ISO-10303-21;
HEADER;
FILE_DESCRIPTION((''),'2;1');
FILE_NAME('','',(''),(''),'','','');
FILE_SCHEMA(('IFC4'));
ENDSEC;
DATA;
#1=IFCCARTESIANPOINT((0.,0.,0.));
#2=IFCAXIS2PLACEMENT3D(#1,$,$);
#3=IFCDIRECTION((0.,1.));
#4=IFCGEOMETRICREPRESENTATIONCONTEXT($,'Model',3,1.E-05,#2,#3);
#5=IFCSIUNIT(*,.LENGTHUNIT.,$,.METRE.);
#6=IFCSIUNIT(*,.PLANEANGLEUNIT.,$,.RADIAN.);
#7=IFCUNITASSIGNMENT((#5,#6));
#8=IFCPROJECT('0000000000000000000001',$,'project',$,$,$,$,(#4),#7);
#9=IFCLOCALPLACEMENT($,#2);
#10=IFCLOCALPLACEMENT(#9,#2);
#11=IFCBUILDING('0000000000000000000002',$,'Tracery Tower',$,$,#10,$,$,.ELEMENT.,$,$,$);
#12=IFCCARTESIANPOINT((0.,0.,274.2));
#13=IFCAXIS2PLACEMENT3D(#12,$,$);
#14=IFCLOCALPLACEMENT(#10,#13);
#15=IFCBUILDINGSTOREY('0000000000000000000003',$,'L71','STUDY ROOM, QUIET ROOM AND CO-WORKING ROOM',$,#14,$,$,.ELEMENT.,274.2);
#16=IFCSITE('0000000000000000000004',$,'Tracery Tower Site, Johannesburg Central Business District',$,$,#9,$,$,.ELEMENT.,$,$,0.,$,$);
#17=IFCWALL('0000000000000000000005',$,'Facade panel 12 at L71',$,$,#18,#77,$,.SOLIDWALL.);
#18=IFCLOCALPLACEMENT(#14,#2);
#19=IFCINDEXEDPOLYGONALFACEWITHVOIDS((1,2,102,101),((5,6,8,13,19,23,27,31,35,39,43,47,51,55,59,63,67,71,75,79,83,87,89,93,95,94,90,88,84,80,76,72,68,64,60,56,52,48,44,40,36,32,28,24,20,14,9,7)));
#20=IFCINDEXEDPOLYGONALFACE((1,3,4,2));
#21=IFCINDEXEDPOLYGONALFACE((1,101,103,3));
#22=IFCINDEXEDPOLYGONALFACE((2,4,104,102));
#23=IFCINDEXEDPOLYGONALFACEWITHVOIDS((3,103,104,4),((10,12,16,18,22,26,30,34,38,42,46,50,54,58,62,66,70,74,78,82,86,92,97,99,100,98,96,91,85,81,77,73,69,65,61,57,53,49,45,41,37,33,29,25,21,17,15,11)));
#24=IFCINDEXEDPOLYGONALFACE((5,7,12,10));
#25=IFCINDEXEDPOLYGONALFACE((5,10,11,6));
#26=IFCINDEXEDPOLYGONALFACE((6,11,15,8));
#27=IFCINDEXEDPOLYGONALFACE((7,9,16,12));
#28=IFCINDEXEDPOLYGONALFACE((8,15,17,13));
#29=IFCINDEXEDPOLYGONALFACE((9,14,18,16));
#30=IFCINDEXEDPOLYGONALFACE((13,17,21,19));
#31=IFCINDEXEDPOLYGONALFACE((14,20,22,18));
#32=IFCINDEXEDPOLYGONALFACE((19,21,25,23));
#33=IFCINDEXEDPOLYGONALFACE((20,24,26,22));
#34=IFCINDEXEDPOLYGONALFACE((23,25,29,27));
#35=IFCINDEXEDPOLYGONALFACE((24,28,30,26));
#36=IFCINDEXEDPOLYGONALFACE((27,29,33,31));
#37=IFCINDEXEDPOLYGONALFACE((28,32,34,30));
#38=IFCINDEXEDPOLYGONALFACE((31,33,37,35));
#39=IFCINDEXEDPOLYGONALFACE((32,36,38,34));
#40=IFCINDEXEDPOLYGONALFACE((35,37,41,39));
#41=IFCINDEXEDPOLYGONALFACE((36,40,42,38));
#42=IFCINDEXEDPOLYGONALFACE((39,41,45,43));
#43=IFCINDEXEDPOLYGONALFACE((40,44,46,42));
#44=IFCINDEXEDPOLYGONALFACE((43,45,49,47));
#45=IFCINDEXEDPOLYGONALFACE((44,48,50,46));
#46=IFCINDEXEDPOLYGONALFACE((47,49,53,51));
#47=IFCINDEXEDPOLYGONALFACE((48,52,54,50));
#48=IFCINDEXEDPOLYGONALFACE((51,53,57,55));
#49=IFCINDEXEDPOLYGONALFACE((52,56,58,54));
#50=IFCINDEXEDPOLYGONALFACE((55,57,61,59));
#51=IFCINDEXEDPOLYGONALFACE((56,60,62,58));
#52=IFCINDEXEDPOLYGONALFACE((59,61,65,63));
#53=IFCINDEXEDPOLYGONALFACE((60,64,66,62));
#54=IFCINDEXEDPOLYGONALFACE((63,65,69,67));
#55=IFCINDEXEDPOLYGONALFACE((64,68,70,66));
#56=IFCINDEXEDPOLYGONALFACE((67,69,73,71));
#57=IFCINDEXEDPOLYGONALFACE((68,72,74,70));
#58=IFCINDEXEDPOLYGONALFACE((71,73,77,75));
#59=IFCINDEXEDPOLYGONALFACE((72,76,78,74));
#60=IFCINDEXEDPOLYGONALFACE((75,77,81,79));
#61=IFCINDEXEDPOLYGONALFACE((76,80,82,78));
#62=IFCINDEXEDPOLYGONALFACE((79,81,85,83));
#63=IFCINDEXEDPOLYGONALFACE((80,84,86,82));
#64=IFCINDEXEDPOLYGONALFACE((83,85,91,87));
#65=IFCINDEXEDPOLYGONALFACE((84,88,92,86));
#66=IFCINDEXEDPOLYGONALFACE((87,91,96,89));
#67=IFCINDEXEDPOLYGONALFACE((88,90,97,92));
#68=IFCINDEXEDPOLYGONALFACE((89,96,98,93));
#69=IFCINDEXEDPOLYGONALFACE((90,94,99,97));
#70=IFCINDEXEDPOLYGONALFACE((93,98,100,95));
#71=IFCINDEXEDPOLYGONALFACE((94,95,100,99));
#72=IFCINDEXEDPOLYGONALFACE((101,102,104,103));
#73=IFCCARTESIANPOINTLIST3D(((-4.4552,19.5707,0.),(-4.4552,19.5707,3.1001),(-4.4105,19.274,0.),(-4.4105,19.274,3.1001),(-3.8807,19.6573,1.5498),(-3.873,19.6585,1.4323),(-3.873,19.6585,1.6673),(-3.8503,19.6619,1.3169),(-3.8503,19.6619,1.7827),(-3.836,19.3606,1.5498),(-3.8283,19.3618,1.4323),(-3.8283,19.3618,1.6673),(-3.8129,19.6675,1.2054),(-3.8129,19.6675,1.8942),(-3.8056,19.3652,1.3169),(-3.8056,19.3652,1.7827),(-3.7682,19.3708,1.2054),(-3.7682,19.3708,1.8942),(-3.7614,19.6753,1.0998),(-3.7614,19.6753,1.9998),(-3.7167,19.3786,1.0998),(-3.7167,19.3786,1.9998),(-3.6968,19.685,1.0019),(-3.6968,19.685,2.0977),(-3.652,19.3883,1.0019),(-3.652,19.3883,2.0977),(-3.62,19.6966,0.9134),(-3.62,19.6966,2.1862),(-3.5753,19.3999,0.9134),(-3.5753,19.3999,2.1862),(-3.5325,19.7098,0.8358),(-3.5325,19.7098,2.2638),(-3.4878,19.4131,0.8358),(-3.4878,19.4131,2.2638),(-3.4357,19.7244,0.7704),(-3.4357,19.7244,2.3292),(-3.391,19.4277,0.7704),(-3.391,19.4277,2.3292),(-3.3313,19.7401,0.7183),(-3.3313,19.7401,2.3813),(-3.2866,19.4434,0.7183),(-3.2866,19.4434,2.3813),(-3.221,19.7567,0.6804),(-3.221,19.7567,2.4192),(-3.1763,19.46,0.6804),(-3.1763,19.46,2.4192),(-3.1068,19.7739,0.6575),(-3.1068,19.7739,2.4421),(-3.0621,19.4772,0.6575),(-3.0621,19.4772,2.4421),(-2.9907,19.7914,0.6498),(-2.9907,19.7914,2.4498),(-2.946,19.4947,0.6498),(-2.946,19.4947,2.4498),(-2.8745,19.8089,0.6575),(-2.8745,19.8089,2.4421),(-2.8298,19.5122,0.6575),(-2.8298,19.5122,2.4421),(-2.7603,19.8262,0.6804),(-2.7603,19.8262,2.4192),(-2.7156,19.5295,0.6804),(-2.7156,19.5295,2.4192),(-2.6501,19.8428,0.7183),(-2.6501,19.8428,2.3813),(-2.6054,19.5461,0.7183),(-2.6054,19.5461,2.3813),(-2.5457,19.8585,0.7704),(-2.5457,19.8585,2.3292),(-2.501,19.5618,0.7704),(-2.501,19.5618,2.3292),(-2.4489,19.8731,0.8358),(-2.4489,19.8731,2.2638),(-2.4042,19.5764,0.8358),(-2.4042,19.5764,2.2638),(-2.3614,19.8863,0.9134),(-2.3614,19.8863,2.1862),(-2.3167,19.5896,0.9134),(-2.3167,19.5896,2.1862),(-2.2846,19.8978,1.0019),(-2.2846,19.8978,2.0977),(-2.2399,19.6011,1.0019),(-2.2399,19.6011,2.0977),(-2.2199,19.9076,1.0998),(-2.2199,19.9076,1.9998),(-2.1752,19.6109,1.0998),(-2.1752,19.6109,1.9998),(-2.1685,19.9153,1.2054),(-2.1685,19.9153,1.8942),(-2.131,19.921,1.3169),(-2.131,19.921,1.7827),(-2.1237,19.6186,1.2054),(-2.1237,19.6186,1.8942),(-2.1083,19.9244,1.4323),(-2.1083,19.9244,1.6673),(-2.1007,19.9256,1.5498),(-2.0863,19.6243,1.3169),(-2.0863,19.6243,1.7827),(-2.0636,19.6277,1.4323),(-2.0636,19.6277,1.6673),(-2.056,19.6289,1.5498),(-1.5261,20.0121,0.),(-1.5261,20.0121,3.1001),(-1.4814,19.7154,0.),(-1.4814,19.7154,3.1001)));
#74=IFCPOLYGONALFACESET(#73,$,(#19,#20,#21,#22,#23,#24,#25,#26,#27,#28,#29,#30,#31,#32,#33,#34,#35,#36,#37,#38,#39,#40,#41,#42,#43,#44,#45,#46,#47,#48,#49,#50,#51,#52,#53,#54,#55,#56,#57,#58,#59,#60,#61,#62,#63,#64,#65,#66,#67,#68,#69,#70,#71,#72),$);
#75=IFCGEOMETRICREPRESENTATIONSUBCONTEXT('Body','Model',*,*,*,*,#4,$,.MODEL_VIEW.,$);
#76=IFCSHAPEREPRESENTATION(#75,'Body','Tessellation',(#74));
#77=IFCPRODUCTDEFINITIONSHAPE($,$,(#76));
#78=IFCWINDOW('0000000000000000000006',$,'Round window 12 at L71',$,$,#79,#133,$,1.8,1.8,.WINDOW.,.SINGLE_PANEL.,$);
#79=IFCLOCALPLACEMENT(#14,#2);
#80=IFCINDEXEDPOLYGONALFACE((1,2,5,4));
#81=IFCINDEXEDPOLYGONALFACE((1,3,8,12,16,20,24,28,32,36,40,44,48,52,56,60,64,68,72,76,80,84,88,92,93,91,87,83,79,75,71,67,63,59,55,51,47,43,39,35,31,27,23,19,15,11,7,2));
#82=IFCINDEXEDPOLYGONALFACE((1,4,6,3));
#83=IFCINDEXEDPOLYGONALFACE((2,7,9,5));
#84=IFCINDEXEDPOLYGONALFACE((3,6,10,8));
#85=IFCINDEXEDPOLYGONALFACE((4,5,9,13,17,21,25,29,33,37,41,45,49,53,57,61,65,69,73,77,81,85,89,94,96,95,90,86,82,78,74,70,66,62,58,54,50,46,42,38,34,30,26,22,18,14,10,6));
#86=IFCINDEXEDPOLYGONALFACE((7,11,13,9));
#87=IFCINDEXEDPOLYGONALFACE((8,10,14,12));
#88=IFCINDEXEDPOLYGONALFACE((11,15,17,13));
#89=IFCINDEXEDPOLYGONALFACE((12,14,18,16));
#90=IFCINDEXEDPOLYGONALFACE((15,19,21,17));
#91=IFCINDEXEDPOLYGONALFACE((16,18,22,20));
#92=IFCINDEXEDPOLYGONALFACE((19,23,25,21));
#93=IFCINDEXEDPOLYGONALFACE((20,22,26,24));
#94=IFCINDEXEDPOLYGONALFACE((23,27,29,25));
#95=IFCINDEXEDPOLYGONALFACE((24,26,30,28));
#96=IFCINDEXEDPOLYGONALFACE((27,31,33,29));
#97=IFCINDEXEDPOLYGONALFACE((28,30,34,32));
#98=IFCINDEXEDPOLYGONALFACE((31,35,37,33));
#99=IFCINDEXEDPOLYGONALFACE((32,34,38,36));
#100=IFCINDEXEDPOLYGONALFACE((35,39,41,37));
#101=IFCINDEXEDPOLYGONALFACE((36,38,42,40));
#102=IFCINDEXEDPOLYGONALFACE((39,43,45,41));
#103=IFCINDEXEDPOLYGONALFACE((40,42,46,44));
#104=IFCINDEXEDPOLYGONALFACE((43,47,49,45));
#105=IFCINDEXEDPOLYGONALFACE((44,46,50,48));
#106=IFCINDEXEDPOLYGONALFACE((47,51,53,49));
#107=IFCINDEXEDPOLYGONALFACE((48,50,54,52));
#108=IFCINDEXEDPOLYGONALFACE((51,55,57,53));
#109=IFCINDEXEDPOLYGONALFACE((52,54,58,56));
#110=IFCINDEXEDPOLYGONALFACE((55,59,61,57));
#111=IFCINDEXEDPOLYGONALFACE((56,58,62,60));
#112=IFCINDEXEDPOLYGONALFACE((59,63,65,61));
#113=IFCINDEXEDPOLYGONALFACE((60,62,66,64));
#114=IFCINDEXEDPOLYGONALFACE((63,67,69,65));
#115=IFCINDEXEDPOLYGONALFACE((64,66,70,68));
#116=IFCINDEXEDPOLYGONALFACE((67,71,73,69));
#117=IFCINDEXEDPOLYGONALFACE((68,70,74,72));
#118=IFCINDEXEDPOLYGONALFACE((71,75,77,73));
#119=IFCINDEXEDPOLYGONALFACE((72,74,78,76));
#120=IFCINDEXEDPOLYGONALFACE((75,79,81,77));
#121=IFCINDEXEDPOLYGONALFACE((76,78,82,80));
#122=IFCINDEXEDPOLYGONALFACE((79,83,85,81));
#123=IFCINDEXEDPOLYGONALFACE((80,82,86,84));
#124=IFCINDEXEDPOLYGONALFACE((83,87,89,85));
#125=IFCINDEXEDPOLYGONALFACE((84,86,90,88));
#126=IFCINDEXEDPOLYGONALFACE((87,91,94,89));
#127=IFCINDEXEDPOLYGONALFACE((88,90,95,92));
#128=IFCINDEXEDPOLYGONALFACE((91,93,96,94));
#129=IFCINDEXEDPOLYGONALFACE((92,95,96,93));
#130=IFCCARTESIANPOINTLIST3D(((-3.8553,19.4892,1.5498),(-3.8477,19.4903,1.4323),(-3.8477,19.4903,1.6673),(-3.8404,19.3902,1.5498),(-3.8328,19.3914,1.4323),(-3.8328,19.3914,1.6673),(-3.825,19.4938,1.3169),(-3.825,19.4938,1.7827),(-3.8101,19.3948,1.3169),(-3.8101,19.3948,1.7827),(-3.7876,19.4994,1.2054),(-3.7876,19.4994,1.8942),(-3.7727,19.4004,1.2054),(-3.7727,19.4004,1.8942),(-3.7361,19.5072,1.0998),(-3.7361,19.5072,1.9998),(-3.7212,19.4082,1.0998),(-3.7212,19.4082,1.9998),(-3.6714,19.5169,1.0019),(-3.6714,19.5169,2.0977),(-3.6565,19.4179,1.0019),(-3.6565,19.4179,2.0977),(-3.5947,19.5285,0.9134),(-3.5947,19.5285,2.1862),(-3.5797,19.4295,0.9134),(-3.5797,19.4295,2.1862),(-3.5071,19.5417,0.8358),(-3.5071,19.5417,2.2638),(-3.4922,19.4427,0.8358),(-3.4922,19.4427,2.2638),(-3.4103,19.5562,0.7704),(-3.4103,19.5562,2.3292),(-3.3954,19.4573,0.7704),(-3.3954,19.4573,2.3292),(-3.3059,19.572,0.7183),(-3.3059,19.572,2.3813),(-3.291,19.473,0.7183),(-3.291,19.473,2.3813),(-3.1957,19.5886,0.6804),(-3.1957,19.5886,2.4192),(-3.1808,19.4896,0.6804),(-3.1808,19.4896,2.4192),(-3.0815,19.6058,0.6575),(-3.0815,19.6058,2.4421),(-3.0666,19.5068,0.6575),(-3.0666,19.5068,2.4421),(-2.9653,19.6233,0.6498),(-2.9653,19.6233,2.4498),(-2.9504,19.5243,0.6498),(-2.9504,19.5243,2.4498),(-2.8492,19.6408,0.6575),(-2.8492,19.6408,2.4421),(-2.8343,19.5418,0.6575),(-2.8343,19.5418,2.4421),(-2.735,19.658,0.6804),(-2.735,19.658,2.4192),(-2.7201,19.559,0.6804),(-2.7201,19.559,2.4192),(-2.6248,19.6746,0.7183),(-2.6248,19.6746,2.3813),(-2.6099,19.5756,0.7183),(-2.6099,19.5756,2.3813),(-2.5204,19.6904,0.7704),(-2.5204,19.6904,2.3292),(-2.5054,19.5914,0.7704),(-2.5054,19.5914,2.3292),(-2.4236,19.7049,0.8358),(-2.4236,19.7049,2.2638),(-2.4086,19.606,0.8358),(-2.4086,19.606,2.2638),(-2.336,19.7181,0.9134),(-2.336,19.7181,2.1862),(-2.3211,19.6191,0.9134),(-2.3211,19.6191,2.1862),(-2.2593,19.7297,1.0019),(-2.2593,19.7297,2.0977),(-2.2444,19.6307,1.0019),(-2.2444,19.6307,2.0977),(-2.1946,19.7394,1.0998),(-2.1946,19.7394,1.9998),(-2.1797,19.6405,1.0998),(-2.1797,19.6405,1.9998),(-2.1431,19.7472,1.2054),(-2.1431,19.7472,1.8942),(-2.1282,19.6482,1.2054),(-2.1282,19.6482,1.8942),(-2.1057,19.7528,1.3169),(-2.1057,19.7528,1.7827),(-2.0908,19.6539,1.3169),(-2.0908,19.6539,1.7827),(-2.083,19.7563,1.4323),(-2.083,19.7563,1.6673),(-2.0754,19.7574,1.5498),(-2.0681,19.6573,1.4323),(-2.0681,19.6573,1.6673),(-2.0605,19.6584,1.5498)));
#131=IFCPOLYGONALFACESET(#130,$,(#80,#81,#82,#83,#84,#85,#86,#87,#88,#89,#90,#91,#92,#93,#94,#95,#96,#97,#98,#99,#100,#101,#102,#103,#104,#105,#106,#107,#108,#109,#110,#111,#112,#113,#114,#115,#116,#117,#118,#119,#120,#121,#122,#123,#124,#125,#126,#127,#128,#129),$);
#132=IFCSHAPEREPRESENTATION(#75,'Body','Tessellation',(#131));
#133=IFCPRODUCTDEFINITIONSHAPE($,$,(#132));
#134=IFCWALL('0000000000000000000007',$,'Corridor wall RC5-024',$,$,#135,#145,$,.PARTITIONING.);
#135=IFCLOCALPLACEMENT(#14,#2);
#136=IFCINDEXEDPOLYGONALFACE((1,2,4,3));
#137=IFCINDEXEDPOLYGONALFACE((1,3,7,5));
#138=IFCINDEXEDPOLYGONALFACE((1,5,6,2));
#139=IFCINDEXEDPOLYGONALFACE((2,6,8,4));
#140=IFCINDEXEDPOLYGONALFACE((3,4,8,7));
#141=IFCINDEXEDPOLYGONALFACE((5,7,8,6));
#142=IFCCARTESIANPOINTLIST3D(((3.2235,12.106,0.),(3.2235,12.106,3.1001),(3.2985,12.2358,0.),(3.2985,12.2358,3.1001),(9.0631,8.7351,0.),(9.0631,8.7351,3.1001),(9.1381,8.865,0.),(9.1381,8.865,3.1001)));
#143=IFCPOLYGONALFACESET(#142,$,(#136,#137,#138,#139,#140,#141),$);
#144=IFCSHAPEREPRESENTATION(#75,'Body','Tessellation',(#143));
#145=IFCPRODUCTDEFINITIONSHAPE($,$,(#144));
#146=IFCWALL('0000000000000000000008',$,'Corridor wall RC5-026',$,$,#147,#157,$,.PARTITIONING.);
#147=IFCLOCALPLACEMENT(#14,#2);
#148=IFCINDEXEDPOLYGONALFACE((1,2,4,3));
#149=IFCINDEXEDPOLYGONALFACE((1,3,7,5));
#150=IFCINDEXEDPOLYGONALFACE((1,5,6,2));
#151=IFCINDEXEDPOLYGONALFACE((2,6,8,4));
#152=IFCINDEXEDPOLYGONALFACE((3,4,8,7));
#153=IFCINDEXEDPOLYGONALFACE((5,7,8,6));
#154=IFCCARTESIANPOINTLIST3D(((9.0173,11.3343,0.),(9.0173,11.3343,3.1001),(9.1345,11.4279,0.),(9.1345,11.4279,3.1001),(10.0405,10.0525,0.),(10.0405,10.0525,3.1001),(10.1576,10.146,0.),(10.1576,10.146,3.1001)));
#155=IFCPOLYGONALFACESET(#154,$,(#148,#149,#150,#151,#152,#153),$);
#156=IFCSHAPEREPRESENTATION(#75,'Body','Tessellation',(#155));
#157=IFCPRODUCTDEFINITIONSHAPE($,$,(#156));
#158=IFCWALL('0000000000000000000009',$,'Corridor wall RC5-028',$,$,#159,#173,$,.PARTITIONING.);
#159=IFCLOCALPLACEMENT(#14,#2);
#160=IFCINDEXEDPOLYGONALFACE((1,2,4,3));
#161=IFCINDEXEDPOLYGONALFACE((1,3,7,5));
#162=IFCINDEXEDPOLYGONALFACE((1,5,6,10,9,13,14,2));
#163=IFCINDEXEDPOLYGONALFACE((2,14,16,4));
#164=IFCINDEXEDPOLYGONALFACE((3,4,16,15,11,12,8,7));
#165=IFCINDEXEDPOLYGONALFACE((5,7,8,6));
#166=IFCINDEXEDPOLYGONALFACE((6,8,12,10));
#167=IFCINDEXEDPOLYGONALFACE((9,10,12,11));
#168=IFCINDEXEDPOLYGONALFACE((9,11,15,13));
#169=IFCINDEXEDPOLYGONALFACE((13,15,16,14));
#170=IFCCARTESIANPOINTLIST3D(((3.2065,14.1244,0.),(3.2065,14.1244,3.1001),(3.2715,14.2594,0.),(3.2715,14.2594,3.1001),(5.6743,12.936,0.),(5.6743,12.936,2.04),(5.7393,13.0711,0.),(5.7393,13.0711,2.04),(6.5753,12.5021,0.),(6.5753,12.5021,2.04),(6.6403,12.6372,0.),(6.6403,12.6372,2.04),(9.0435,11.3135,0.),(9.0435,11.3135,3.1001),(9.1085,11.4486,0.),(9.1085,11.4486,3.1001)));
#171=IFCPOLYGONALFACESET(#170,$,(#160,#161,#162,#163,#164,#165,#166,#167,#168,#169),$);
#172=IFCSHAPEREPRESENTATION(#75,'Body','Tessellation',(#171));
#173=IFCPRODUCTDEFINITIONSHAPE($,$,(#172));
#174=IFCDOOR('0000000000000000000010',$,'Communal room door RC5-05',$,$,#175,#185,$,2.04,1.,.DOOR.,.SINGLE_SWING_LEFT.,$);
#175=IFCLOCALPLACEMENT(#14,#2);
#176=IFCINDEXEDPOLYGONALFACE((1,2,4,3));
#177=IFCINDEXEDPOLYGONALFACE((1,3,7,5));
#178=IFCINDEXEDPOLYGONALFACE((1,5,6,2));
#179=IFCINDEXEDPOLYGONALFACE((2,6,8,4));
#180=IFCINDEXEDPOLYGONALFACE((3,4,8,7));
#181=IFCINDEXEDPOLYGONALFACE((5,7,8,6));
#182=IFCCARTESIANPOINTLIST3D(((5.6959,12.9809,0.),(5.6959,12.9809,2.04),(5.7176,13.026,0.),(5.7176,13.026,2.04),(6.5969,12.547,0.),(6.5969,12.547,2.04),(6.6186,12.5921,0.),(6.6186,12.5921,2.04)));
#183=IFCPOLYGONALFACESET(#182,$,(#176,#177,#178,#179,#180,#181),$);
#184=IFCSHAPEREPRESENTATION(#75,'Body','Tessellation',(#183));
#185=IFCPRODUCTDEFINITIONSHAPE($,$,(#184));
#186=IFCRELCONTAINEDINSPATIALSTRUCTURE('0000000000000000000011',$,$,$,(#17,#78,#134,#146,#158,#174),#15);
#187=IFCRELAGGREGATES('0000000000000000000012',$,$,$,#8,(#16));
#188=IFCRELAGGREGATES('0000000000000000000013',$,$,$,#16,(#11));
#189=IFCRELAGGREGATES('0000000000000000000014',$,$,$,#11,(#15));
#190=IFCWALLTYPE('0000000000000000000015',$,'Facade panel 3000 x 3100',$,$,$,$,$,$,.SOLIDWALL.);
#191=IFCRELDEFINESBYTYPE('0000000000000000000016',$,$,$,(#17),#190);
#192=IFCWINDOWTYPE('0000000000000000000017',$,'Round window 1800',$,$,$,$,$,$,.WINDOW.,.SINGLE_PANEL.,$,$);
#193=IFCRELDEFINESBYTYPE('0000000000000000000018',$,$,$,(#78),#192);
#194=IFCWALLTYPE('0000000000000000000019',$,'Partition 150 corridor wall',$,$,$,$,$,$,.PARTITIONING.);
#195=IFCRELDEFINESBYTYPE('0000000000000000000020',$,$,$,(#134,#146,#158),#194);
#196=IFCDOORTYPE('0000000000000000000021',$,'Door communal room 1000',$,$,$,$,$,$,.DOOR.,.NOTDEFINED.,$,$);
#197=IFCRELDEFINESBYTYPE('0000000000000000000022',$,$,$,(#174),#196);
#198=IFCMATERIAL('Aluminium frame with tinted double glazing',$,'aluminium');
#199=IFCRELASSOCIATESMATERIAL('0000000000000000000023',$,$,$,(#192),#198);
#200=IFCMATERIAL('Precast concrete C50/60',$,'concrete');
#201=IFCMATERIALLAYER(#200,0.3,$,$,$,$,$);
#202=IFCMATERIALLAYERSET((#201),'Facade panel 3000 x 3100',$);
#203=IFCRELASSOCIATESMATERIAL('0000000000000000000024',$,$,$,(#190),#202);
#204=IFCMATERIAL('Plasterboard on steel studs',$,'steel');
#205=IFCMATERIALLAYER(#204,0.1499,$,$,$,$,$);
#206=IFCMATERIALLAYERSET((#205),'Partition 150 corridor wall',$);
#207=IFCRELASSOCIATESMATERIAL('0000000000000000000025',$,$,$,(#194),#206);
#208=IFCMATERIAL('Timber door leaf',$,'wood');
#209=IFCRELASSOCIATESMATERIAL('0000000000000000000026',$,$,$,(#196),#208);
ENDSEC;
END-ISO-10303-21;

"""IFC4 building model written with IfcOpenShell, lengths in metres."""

from ifc_helpers import new_model, si_unit, direction, frame, frame_2d, origin, origin_2d, place, context, subcontext, project, spatial, rectangle, circle, extrude, material, layer, layer_set, type_object, element, fill, save


model = new_model("IFC4")

# Units and contexts
model_context = context("Model", 3, precision=1e-05, world=origin(), true_north=direction((0.0, 1.0)))
body_context = subcontext(model_context, "Body", "Model", "MODEL_VIEW")
ifc_project = project(units=[si_unit("LENGTHUNIT", "METRE"), si_unit("PLANEANGLEUNIT", "RADIAN")], contexts=[model_context])

# Site, building, storey
site_placement = place(None, origin())
site = spatial("IfcSite", under=ifc_project, at=site_placement, Name="Tracery Tower Site, Johannesburg Central Business District", CompositionType="ELEMENT", RefElevation=0.0)
building_placement = place(site_placement, origin())
building = spatial("IfcBuilding", under=site, at=building_placement, Name="Tracery Tower", CompositionType="ELEMENT")
storey_placement = place(building_placement, frame((0.0, 0.0, 274.2)))
storey = spatial("IfcBuildingStorey", under=building, at=storey_placement, Name="L71", Description="STUDY ROOM, QUIET ROOM AND CO-WORKING ROOM", CompositionType="ELEMENT", Elevation=274.2)

# Wall, opening, window
ifc_material_1 = material(Name="Aluminium frame with tinted double glazing", Category="aluminium")
window_type = type_object("IfcWindowType", Name="Round window 1800", PartitioningType="SINGLE_PANEL", PredefinedType="WINDOW", material=ifc_material_1)
ifc_material_2 = material(Name="Precast concrete C50/60", Category="concrete")
ifc_layer_1 = layer(ifc_material_2, 0.3)
ifc_layer_set_1 = layer_set([ifc_layer_1], Name="Facade panel 3000 x 3100")
wall_type_1 = type_object("IfcWallType", Name="Facade panel 3000 x 3100", PredefinedType="SOLIDWALL", material=ifc_layer_set_1)
wall_1_placement = place(storey_placement, frame((-1.5039, 19.8638, 0.0), z_axis=(0.0, 0.0, 1.0), x_axis=(-0.988836, -0.149009, 0.0)))
wall_1 = element("IfcWall", 1, at=wall_1_placement, inside=storey, type_object=wall_type_1, Name="Facade panel 12 at L71", PredefinedType="SOLIDWALL", context=body_context, shape_type="SweptSolid", body=[
    extrude(rectangle(XDim=2.9622, YDim=0.3, at=frame_2d((1.481, 0.0))), origin(), (0.0, 0.0, 1.0), 3.1001),
])
opening_1_placement = place(wall_1_placement, frame((1.481, 0.0, 1.5498)))
opening_1 = element("IfcOpeningElement", 2, at=opening_1_placement, cuts=wall_1, PredefinedType="OPENING", context=body_context, shape_type="SweptSolid", body=[
    extrude(circle(Radius=0.9, at=origin_2d()), frame((0.0, 0.1599, 0.0), z_axis=(0.0, -1.0, 0.0), x_axis=(1.0, 0.0, 0.0)), (0.0, 0.0, 1.0), 0.3201),
])
window_1_placement = place(opening_1_placement, origin())
window_1 = element("IfcWindow", 3, at=window_1_placement, inside=storey, type_object=window_type, Name="Round window 12 at L71", OverallHeight=1.8, OverallWidth=1.8, PartitioningType="SINGLE_PANEL", PredefinedType="WINDOW", context=body_context, shape_type="SweptSolid", body=[
    extrude(circle(Radius=0.9, at=origin_2d()), frame((0.0, 0.1201, 0.0), z_axis=(0.0, -1.0, 0.0), x_axis=(1.0, 0.0, 0.0)), (0.0, 0.0, 1.0), 0.1001),
])
fill(opening_1, window_1)

# Walls
ifc_material_3 = material(Name="Plasterboard on steel studs", Category="steel")
ifc_layer_2 = layer(ifc_material_3, 0.1499)
ifc_layer_set_2 = layer_set([ifc_layer_2], Name="Partition 150 corridor wall")
wall_type_2 = type_object("IfcWallType", Name="Partition 150 corridor wall", PredefinedType="PARTITIONING", material=ifc_layer_set_2)
wall_2_placement = place(storey_placement, frame((3.261, 12.1709, 0.0), z_axis=(0.0, 0.0, 1.0), x_axis=(0.866067, -0.499928, 0.0)))
element("IfcWall", 4, at=wall_2_placement, inside=storey, type_object=wall_type_2, Name="Corridor wall RC5-024", PredefinedType="PARTITIONING", context=body_context, shape_type="SweptSolid", body=[
    extrude(rectangle(XDim=6.7427, YDim=0.1499, at=frame_2d((3.3713, 0.0))), origin(), (0.0, 0.0, 1.0), 3.1001),
])
wall_3_placement = place(storey_placement, frame((9.0759, 11.3811, 0.0), z_axis=(0.0, 0.0, 1.0), x_axis=(0.623805, -0.78158, 0.0)))
element("IfcWall", 5, at=wall_3_placement, inside=storey, type_object=wall_type_2, Name="Corridor wall RC5-026", PredefinedType="PARTITIONING", context=body_context, shape_type="SweptSolid", body=[
    extrude(rectangle(XDim=1.6401, YDim=0.1499, at=frame_2d((0.8201, 0.0))), origin(), (0.0, 0.0, 1.0), 3.1001),
])

# Wall, opening, door
wall_4_placement = place(storey_placement, frame((3.239, 14.1919, 0.0), z_axis=(0.0, 0.0, 1.0), x_axis=(0.900976, -0.433869, 0.0)))
wall_4 = element("IfcWall", 6, at=wall_4_placement, inside=storey, type_object=wall_type_2, Name="Corridor wall RC5-028", PredefinedType="PARTITIONING", context=body_context, shape_type="SweptSolid", body=[
    extrude(rectangle(XDim=6.4785, YDim=0.1499, at=frame_2d((3.2393, 0.0))), origin(), (0.0, 0.0, 1.0), 3.1001),
])
opening_2_placement = place(wall_4_placement, frame((2.739, 0.0, 0.0)))
opening_2 = element("IfcOpeningElement", 7, at=opening_2_placement, cuts=wall_4, PredefinedType="OPENING", context=body_context, shape_type="SweptSolid", body=[
    extrude(rectangle(XDim=1.0, YDim=2.04, at=frame_2d((0.5, 1.02))), frame((0.0, 0.075, 0.0), z_axis=(0.0, -1.0, 0.0), x_axis=(1.0, 0.0, 0.0)), (0.0, 0.0, 1.0), 0.1499),
])
ifc_material_4 = material(Name="Timber door leaf", Category="wood")
door_type = type_object("IfcDoorType", Name="Door communal room 1000", OperationType="NOTDEFINED", PredefinedType="DOOR", material=ifc_material_4)
door_placement = place(opening_2_placement, origin())
door = element("IfcDoor", 8, at=door_placement, inside=storey, type_object=door_type, Name="Communal room door RC5-05", OperationType="SINGLE_SWING_LEFT", OverallHeight=2.04, OverallWidth=1.0, PredefinedType="DOOR", context=body_context, shape_type="SweptSolid", body=[
    extrude(rectangle(XDim=1.0, YDim=2.04, at=frame_2d((0.5, 1.02))), frame((0.0, 0.0249, 0.0), z_axis=(0.0, -1.0, 0.0), x_axis=(1.0, 0.0, 0.0)), (0.0, 0.0, 1.0), 0.05),
])
fill(opening_2, door)

save(model, "model.ifc")
